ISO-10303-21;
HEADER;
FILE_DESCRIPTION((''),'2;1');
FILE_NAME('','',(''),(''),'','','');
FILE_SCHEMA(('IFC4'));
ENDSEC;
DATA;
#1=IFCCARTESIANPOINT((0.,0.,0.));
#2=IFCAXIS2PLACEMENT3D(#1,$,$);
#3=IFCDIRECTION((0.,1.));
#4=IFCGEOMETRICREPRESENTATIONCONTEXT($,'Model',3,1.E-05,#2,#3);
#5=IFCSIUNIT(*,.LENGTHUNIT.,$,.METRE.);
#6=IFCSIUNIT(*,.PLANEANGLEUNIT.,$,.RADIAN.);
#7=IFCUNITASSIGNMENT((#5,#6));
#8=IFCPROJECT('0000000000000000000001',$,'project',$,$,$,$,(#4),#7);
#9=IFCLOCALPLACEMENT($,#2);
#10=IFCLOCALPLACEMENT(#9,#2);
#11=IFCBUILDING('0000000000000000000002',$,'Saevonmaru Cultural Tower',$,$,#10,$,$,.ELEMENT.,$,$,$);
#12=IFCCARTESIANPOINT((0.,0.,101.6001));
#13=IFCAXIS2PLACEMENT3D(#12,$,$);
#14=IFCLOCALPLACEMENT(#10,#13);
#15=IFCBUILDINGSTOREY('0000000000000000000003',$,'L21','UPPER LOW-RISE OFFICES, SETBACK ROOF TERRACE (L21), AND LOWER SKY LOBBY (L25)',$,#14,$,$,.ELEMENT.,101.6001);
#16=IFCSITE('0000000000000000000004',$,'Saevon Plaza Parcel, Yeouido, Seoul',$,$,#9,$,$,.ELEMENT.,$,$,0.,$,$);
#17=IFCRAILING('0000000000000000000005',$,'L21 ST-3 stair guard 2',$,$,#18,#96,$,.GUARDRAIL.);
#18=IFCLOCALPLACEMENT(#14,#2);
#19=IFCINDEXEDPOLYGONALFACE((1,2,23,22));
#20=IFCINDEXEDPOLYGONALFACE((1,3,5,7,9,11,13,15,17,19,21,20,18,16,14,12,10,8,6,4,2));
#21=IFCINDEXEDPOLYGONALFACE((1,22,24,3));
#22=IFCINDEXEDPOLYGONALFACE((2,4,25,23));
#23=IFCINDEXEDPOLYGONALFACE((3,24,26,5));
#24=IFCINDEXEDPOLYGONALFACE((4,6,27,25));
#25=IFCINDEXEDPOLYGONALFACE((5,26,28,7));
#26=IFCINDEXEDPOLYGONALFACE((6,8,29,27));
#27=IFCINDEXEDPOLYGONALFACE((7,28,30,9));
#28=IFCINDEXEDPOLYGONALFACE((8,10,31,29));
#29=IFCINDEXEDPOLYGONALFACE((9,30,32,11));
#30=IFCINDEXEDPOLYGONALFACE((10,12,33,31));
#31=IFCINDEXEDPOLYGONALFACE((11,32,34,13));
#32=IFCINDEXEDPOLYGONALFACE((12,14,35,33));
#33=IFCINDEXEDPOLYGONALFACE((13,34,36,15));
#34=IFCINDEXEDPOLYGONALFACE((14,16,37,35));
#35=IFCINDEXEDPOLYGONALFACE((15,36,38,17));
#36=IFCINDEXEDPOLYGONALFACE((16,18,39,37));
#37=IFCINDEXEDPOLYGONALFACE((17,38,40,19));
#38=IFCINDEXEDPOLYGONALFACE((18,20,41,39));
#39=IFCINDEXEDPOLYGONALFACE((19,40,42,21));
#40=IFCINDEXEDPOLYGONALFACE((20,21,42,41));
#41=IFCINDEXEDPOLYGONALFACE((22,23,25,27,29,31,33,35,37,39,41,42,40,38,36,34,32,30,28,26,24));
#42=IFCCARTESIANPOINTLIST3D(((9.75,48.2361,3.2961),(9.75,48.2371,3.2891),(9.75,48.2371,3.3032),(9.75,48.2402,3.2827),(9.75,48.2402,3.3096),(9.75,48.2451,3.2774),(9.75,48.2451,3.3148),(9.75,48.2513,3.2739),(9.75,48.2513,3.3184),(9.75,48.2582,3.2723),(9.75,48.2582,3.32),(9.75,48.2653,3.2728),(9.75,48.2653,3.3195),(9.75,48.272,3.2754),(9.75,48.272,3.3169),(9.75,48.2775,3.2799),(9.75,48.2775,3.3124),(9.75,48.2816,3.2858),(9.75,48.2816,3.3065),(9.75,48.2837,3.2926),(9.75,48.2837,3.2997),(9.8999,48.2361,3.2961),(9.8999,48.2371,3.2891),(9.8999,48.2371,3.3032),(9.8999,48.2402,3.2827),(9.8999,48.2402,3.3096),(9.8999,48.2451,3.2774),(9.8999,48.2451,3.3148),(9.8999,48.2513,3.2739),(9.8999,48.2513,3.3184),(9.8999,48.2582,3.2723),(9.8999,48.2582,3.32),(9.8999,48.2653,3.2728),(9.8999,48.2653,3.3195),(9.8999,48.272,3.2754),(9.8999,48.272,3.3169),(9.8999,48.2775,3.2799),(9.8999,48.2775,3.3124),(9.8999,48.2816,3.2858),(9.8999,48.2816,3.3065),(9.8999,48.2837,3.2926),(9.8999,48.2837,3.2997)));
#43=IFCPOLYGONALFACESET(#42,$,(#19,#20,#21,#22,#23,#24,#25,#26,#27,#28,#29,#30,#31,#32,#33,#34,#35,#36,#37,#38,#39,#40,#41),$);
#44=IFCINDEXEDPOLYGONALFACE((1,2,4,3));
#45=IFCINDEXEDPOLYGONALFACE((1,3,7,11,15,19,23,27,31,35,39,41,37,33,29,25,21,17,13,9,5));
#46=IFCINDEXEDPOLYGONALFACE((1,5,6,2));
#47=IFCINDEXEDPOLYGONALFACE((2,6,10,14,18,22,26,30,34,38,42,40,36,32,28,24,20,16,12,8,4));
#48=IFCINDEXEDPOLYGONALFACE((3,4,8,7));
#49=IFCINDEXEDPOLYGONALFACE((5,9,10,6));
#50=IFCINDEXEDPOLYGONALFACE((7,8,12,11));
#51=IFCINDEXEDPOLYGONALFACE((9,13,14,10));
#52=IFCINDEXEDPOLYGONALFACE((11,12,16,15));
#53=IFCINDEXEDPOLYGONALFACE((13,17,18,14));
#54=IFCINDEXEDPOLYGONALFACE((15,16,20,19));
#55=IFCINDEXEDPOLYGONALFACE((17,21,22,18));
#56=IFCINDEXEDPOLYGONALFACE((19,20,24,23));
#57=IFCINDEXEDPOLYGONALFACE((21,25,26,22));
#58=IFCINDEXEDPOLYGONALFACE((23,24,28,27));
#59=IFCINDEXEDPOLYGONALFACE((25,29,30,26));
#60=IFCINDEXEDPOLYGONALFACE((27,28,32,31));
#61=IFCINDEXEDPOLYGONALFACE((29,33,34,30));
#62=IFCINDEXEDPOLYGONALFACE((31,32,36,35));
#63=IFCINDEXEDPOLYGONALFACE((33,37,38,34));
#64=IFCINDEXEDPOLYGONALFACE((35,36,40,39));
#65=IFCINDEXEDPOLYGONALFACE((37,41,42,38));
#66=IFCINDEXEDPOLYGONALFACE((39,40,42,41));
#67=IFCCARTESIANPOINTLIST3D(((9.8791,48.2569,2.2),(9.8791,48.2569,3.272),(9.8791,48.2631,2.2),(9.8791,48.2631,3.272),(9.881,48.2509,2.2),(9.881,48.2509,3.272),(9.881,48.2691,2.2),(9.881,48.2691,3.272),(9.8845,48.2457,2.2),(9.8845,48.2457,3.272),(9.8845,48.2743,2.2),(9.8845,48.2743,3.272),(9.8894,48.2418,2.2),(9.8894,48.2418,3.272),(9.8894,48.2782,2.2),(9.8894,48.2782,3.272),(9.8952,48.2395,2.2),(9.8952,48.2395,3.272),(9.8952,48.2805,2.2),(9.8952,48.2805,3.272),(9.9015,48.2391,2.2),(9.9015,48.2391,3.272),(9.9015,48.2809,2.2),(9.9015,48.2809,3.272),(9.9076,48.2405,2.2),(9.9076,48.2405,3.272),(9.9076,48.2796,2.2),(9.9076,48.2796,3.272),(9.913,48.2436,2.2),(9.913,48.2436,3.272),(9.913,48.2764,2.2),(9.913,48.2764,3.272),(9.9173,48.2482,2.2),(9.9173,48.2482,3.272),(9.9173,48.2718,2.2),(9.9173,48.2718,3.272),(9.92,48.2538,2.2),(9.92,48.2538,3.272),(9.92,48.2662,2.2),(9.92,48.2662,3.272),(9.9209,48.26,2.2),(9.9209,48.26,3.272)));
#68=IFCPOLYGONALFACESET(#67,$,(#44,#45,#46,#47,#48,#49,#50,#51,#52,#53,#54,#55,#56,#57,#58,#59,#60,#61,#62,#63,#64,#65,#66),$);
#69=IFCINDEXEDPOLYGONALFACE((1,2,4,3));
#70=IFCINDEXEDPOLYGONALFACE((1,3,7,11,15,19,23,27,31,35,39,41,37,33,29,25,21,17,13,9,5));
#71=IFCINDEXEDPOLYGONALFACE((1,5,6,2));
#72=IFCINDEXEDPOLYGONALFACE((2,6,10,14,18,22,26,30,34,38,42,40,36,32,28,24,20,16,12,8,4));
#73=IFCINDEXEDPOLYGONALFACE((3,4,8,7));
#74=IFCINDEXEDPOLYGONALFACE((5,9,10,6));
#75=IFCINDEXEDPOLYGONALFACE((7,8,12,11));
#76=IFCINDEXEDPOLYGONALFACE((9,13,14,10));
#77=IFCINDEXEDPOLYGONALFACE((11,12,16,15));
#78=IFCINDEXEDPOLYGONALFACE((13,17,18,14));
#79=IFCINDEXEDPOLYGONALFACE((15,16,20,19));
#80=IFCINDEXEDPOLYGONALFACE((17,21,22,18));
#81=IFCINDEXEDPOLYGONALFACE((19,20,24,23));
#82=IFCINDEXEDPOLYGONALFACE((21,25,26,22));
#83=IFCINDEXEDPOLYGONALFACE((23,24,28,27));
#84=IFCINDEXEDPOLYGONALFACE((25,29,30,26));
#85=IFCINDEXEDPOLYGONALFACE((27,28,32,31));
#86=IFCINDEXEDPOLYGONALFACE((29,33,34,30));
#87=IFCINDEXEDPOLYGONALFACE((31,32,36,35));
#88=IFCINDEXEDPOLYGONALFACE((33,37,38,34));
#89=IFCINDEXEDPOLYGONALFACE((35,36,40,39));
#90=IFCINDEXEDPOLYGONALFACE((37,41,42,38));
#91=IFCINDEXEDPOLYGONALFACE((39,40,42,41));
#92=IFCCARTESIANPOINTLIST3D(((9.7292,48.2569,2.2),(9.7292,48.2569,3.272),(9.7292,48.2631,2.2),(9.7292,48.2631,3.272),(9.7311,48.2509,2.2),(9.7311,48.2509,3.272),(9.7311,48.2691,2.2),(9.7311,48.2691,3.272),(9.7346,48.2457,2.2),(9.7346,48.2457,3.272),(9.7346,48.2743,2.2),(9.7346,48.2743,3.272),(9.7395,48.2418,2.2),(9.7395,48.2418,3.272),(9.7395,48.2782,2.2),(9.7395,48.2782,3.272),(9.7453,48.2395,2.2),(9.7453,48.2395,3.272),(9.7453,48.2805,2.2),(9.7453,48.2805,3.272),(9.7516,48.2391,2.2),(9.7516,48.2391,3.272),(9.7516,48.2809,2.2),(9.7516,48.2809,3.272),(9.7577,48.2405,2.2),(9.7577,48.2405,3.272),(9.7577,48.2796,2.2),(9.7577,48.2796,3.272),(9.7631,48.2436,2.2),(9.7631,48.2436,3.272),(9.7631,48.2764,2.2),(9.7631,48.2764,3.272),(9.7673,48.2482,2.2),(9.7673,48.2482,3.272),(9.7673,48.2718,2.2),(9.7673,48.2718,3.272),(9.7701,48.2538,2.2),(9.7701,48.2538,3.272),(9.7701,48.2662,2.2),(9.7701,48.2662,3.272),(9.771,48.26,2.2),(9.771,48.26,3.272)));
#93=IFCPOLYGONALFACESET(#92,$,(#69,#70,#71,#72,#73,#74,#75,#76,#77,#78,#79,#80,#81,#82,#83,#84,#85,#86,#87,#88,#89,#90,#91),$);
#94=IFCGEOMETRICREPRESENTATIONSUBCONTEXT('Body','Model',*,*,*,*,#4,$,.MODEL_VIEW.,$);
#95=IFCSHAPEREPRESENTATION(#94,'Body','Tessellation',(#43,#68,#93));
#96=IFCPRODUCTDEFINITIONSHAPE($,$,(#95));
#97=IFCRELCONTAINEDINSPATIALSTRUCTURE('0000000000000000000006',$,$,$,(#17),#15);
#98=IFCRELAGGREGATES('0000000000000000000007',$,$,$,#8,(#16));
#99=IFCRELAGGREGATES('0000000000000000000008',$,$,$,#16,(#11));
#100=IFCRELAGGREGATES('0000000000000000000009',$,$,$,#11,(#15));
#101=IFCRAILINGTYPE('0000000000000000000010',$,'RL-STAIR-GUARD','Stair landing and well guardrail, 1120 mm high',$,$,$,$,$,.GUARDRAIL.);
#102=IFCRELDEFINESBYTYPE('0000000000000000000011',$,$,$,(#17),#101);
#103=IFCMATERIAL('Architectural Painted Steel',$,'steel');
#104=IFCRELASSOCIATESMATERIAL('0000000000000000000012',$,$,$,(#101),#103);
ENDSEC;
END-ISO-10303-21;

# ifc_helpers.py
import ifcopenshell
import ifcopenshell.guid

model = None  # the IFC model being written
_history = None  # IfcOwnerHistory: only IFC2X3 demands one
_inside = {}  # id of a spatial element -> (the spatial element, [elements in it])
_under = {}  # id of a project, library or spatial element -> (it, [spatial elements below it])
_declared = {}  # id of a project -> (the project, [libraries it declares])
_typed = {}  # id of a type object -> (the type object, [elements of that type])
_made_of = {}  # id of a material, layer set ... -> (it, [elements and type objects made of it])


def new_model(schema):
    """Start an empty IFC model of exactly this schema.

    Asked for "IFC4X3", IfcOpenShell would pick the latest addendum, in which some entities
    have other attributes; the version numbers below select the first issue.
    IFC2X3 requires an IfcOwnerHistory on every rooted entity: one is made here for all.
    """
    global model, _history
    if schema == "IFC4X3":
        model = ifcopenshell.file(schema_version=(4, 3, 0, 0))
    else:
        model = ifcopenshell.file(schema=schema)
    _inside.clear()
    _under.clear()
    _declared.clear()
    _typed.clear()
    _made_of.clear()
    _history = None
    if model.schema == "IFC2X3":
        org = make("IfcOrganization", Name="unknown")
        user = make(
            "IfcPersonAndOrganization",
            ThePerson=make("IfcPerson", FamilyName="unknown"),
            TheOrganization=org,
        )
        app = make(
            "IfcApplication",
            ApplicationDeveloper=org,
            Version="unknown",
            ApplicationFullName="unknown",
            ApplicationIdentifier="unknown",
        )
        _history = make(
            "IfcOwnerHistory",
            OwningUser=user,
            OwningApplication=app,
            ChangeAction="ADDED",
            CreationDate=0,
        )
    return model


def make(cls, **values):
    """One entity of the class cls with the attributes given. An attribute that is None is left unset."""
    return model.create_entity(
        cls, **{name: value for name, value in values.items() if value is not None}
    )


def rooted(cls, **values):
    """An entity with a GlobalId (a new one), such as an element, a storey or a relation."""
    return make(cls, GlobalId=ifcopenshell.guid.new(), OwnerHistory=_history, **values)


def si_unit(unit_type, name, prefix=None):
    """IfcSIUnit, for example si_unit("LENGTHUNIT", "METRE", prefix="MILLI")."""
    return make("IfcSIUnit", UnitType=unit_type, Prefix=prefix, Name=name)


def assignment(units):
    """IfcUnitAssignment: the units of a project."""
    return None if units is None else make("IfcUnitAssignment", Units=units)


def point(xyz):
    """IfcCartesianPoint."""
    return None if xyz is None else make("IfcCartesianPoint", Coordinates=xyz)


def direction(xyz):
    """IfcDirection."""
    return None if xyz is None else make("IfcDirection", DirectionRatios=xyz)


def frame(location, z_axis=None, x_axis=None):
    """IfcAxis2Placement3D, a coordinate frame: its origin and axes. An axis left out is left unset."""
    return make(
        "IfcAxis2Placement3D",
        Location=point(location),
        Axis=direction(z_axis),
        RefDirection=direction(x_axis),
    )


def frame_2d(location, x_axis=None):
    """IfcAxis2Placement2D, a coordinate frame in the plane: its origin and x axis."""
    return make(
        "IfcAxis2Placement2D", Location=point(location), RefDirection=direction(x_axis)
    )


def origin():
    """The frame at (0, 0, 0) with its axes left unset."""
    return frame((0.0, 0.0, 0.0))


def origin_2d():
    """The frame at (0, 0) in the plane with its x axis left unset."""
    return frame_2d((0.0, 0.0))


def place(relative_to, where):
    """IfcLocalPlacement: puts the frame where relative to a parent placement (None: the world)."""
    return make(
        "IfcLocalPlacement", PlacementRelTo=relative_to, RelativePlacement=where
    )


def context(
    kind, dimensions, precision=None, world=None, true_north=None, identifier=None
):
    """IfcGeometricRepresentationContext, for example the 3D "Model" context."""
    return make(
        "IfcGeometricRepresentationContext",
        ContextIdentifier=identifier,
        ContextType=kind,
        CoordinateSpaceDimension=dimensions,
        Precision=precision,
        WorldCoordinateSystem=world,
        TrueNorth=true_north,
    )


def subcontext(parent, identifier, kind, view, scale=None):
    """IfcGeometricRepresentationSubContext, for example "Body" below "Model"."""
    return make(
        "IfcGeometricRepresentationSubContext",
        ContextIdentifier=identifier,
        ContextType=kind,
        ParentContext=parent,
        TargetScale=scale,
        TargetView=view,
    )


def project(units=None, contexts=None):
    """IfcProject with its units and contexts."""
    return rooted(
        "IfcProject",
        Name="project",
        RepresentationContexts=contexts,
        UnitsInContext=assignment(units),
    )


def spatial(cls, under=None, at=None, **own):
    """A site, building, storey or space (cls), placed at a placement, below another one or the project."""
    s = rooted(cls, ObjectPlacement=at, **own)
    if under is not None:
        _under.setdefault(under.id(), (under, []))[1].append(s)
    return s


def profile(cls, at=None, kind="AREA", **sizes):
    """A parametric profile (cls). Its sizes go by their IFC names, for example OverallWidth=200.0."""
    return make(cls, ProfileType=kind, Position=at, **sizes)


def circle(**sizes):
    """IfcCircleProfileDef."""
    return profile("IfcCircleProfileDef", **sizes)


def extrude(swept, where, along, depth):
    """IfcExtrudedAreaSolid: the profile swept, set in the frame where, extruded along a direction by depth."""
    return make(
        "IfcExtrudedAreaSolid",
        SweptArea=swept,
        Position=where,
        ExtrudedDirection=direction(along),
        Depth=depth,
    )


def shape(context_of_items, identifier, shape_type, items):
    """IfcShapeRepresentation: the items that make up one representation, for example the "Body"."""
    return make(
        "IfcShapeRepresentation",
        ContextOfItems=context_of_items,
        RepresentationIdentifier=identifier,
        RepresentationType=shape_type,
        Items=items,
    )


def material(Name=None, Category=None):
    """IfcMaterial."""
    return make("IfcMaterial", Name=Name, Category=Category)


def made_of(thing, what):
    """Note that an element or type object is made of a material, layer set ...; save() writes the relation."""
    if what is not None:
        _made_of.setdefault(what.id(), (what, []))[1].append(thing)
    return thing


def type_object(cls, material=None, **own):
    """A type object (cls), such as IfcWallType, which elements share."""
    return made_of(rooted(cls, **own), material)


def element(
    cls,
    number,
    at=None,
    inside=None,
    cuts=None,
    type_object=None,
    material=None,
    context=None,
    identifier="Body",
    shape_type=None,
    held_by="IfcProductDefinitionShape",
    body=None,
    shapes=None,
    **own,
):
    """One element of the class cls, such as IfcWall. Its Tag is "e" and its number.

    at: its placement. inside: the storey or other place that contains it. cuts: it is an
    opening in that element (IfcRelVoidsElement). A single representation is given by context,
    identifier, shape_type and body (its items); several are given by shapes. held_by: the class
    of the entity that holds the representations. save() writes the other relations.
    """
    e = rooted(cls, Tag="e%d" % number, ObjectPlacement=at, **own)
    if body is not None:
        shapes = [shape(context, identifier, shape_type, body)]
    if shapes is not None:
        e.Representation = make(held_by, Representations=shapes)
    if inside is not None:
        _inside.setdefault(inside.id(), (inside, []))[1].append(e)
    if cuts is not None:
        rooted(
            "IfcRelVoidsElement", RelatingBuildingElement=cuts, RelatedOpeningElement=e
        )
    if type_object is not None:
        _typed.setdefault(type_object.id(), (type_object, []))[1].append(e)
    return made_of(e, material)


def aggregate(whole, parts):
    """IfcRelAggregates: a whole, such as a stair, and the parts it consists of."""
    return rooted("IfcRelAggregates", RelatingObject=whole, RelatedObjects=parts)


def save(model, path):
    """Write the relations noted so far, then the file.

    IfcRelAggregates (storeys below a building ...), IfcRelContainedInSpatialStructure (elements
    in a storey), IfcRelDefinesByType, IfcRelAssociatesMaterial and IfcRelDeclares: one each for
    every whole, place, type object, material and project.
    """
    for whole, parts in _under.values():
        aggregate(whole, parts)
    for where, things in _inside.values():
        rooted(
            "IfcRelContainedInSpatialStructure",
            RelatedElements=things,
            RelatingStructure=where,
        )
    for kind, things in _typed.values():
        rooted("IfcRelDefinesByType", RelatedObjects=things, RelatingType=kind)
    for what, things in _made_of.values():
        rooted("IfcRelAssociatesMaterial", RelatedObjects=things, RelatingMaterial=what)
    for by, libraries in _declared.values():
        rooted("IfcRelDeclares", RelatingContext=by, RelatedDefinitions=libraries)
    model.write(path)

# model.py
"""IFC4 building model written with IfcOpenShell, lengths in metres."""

from ifc_helpers import new_model, si_unit, direction, frame, origin, origin_2d, place, context, subcontext, project, spatial, circle, extrude, material, type_object, element, save


model = new_model("IFC4")

# Units and contexts
model_context = context("Model", 3, precision=1e-05, world=origin(), true_north=direction((0.0, 1.0)))
body_context = subcontext(model_context, "Body", "Model", "MODEL_VIEW")
ifc_project = project(units=[si_unit("LENGTHUNIT", "METRE"), si_unit("PLANEANGLEUNIT", "RADIAN")], contexts=[model_context])

# Site, building, storey
site_placement = place(None, origin())
site = spatial("IfcSite", under=ifc_project, at=site_placement, Name="Saevon Plaza Parcel, Yeouido, Seoul", CompositionType="ELEMENT", RefElevation=0.0)
building_placement = place(site_placement, origin())
building = spatial("IfcBuilding", under=site, at=building_placement, Name="Saevonmaru Cultural Tower", CompositionType="ELEMENT")
storey_placement = place(building_placement, frame((0.0, 0.0, 101.6001)))
storey = spatial("IfcBuildingStorey", under=building, at=storey_placement, Name="L21", Description="UPPER LOW-RISE OFFICES, SETBACK ROOF TERRACE (L21), AND LOWER SKY LOBBY (L25)", CompositionType="ELEMENT", Elevation=101.6001)

# Railing
ifc_material_1 = material(Name="Architectural Painted Steel", Category="steel")
railing_type_1 = type_object("IfcRailingType", Name="RL-STAIR-GUARD", Description="Stair landing and well guardrail, 1120 mm high", PredefinedType="GUARDRAIL", material=ifc_material_1)
railing_1_placement = place(storey_placement, frame((9.8999, 48.26, 2.2)))
element("IfcRailing", 1, at=railing_1_placement, inside=storey, type_object=railing_type_1, Name="L21 ST-3 stair guard 2", PredefinedType="GUARDRAIL", context=body_context, shape_type="SweptSolid", body=[
    extrude(circle(Radius=0.0239, at=origin_2d()), frame((0.0, 0.0, 1.0962), z_axis=(-1.0, 0.0, 0.0), x_axis=(0.0, -1.0, 0.0)), (0.0, 0.0, 1.0), 0.1499),
    extrude(circle(Radius=0.021, at=origin_2d()), origin(), (0.0, 0.0, 1.0), 1.072),
    extrude(circle(Radius=0.021, at=origin_2d()), frame((-0.1499, 0.0, 0.0)), (0.0, 0.0, 1.0), 1.072),
])

save(model, "model.ifc")
